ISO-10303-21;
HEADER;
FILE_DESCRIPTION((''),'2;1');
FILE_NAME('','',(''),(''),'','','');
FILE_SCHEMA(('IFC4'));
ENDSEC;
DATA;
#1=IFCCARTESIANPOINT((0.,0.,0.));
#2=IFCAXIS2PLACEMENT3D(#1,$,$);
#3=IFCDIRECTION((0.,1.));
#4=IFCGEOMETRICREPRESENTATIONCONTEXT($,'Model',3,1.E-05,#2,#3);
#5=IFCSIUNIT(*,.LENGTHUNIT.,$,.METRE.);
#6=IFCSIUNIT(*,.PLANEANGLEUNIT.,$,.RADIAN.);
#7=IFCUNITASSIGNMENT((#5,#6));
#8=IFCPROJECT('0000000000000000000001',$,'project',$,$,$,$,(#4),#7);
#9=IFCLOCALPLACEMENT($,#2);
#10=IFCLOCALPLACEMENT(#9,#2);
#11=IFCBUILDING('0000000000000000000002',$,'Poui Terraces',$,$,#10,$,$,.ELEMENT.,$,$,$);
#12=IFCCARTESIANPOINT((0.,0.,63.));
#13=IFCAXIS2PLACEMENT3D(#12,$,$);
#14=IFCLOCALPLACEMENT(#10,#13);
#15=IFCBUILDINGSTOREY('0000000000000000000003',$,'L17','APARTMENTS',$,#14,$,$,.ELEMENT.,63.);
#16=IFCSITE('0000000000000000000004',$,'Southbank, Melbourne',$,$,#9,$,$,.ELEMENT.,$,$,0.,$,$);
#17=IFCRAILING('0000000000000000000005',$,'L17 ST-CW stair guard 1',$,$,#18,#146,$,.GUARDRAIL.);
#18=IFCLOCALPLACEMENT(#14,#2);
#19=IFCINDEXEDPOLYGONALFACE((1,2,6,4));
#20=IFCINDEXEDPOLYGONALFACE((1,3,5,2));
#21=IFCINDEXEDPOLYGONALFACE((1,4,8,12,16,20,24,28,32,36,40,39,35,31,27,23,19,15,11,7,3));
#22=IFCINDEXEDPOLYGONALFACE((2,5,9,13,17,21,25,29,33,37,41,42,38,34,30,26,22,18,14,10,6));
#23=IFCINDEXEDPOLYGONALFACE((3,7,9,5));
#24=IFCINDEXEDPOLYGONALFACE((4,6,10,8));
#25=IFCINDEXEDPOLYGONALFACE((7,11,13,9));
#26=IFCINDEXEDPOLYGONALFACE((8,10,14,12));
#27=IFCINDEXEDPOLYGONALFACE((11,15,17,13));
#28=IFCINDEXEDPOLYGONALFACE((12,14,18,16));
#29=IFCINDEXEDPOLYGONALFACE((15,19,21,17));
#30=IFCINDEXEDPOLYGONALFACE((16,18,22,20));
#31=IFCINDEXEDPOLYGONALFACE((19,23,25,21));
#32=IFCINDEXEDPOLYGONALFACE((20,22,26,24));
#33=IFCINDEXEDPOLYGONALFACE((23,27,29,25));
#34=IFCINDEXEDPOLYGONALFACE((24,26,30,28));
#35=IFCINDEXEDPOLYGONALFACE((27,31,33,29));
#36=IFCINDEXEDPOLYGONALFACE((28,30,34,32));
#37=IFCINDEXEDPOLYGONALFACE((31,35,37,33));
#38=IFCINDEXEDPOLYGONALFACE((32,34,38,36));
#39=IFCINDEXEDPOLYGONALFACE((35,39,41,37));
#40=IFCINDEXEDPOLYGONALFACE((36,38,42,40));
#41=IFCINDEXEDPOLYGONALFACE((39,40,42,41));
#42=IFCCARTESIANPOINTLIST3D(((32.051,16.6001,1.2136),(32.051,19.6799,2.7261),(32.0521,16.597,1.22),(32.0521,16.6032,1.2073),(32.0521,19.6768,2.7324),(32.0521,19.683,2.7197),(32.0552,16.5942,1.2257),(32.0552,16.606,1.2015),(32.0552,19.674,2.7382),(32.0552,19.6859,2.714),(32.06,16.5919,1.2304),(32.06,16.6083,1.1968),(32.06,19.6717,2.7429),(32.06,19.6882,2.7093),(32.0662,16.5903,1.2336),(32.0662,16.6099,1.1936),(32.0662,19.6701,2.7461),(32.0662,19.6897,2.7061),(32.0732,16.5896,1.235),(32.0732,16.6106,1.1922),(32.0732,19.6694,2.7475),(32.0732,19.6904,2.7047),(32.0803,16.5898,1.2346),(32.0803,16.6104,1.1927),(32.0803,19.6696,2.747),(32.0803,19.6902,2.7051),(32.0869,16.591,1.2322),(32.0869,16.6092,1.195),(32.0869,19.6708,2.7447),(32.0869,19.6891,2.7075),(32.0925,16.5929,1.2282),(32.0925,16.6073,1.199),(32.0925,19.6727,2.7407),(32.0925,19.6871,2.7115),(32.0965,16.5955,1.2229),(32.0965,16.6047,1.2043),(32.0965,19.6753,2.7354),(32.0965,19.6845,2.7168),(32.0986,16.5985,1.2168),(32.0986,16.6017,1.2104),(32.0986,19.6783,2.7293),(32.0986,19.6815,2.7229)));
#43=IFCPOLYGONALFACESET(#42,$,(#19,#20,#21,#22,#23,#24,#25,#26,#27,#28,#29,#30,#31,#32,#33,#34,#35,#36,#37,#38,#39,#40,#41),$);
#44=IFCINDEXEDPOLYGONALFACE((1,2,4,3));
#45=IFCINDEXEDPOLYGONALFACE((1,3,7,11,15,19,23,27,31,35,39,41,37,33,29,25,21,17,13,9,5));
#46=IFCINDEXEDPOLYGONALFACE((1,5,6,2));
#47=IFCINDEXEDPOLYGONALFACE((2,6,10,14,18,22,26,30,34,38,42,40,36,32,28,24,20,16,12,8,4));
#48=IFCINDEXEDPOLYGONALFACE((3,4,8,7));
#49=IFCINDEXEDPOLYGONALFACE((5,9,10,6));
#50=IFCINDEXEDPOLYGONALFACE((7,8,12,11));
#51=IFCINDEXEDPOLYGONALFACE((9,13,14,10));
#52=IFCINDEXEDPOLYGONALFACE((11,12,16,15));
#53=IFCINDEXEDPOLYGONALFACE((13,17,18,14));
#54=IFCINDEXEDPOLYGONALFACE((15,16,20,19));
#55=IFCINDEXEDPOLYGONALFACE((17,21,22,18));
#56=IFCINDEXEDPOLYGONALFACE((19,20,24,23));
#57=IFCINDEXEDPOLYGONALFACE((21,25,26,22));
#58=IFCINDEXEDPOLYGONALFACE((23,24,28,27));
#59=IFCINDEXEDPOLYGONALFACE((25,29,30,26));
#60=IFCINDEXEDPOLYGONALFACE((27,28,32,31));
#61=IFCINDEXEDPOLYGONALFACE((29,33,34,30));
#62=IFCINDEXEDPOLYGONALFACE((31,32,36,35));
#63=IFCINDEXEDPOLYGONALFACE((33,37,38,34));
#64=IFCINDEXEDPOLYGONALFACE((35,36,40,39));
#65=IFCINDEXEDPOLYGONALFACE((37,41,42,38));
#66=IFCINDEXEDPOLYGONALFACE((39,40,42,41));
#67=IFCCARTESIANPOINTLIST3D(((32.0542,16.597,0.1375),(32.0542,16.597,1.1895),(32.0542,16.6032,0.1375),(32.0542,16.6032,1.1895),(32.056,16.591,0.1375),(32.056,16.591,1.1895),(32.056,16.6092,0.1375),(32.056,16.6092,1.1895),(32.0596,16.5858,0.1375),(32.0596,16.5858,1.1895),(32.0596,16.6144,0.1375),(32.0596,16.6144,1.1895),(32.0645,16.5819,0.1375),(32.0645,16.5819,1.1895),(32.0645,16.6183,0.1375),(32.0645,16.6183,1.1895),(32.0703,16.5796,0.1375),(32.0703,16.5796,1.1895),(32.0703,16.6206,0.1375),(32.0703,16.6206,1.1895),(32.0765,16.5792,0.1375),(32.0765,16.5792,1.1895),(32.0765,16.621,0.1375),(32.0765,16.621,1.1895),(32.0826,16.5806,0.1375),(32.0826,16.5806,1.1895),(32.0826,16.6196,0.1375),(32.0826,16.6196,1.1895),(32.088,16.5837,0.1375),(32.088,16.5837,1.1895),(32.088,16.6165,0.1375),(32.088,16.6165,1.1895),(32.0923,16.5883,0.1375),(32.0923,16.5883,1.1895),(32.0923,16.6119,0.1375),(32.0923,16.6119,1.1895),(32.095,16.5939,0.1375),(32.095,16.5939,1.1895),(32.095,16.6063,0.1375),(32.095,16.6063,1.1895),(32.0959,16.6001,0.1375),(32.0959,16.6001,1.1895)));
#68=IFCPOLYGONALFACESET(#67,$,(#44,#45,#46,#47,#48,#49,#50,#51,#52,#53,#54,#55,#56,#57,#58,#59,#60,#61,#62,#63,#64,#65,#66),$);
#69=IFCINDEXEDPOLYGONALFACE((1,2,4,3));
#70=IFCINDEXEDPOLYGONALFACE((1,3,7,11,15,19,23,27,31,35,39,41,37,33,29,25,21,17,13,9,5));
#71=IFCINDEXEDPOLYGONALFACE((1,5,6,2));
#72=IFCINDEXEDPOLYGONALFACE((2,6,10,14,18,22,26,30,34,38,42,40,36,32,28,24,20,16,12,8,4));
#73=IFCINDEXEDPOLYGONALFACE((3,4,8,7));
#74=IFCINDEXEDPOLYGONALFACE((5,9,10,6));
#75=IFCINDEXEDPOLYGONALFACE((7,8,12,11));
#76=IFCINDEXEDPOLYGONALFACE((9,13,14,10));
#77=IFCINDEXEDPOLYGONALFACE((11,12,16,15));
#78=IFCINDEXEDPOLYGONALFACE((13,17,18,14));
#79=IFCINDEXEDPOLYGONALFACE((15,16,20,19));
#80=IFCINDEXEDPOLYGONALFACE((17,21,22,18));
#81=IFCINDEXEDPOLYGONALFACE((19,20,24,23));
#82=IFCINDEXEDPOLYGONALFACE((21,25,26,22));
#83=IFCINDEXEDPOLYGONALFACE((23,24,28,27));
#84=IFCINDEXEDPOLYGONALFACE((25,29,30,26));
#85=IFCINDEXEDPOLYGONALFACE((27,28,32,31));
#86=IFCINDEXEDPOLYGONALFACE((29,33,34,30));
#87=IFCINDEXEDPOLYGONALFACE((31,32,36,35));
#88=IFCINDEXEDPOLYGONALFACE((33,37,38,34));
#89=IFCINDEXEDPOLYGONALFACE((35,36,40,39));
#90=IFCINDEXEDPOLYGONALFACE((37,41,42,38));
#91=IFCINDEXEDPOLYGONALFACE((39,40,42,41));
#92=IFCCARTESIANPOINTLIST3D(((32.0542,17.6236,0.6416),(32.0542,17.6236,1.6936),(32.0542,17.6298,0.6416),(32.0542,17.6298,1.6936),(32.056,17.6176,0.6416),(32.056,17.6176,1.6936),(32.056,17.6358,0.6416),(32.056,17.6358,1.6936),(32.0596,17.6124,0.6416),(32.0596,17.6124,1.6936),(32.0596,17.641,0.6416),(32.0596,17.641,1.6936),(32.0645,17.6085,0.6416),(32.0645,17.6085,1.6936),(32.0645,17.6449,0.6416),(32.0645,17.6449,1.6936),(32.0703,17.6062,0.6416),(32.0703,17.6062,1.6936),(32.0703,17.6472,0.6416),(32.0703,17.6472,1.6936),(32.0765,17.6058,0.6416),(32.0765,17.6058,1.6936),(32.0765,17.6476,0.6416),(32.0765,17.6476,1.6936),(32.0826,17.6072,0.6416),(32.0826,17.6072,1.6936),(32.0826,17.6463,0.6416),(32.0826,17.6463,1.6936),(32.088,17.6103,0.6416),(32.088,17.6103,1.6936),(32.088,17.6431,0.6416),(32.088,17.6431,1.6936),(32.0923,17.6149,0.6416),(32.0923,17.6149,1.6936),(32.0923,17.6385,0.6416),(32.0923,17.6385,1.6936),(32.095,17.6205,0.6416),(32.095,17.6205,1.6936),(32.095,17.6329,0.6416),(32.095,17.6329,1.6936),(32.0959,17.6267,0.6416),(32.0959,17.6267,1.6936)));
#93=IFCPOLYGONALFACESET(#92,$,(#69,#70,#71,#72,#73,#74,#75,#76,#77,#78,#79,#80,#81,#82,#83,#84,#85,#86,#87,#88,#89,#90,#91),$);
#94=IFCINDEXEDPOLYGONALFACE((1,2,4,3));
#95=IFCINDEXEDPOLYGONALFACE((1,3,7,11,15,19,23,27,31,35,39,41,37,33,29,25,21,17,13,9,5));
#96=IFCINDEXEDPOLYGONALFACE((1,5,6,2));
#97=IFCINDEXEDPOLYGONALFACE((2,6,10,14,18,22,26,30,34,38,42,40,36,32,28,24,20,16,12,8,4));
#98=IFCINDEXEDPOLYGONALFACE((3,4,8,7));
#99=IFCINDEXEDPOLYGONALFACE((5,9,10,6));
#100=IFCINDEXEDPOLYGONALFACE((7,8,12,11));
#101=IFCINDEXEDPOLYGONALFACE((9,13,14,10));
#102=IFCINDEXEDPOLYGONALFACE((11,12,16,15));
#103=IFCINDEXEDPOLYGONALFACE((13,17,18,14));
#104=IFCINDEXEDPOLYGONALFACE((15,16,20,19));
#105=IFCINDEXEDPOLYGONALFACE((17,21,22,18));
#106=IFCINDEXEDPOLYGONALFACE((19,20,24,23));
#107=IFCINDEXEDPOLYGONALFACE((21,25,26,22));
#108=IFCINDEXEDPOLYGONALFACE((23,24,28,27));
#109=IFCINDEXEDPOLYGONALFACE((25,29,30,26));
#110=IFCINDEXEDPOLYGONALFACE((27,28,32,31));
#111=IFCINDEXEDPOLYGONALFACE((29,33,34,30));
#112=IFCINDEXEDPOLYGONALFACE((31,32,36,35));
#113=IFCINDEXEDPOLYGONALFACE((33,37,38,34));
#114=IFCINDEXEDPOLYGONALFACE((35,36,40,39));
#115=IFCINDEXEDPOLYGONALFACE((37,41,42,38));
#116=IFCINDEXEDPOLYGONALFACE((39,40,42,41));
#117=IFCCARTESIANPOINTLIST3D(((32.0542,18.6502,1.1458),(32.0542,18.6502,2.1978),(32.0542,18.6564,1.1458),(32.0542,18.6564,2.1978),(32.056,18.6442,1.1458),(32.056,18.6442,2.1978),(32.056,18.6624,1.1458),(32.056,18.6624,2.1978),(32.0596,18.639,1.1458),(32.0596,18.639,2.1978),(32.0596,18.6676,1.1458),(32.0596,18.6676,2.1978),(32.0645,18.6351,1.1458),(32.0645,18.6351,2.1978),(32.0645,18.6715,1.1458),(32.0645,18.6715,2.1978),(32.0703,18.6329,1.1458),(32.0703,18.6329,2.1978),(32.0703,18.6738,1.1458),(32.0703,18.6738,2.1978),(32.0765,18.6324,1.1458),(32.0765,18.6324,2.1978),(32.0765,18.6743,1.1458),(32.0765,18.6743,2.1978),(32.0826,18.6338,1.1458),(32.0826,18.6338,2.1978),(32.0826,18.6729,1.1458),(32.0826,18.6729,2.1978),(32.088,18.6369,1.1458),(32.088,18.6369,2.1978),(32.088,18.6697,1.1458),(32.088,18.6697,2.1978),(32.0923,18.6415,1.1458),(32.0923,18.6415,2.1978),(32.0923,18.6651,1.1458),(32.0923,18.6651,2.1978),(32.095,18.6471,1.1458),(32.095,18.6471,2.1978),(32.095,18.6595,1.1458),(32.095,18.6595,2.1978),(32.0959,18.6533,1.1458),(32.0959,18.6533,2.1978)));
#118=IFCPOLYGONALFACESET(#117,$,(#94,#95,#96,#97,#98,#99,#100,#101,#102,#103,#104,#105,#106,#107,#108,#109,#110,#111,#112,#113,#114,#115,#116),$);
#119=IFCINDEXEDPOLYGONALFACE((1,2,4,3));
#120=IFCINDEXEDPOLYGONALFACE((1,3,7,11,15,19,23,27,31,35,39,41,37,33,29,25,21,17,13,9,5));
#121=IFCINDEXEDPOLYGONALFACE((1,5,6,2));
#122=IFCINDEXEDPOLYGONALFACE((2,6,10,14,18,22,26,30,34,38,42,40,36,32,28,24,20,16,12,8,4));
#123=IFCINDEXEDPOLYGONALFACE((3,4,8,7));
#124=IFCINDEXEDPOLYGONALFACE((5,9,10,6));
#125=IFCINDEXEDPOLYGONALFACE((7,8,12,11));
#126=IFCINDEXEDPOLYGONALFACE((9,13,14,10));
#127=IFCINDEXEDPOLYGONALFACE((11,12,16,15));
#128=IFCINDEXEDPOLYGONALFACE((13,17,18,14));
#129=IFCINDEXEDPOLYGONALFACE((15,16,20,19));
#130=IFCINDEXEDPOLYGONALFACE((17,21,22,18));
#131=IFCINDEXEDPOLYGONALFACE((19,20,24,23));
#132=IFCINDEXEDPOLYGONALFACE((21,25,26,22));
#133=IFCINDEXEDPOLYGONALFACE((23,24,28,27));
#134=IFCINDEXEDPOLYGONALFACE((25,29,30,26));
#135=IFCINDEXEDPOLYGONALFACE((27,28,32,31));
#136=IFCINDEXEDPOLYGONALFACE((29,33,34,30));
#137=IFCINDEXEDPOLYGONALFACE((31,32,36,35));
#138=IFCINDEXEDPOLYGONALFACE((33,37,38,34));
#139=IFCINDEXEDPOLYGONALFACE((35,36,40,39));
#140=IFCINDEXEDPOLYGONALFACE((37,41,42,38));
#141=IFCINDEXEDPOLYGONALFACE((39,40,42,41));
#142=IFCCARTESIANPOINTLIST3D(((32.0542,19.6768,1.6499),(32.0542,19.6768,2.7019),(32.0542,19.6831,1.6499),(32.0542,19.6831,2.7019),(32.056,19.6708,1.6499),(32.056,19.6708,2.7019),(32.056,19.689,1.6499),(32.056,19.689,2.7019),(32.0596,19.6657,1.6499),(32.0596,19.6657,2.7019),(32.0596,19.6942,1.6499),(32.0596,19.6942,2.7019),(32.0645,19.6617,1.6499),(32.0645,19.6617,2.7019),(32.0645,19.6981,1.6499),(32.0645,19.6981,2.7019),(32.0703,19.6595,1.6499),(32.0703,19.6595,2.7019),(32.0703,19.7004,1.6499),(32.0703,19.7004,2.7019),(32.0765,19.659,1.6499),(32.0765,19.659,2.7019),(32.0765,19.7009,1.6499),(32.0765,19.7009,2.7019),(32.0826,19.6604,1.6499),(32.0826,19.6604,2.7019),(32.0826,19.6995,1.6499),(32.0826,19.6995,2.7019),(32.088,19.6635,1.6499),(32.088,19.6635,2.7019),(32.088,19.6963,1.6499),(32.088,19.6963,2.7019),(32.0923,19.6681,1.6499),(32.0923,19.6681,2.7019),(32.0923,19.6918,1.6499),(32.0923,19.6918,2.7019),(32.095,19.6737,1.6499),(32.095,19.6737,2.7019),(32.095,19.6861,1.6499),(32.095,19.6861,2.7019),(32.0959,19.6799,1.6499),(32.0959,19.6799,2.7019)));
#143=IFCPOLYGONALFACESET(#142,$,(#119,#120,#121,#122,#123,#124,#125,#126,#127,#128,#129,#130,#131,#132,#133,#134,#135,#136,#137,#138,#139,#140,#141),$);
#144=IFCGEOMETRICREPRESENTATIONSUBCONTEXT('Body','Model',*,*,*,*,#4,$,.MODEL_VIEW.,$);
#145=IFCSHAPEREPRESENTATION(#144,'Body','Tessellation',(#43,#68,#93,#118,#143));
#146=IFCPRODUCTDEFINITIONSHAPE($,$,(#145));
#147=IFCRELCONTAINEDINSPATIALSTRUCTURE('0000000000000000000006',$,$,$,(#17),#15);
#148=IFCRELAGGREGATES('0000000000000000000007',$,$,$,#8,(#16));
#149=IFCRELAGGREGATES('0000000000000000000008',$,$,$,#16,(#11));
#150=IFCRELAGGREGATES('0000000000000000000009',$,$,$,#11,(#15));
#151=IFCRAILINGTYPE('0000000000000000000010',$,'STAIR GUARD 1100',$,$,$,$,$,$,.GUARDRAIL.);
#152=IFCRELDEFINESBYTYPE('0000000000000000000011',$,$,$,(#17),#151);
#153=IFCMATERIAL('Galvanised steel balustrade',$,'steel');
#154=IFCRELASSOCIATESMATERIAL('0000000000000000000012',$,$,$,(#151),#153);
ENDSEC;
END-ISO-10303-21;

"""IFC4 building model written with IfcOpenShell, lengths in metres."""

from ifc_helpers import new_model, si_unit, direction, frame, origin, origin_2d, place, context, subcontext, project, spatial, circle, extrude, material, type_object, element, save


model = new_model("IFC4")

# Units and contexts
model_context = context("Model", 3, precision=1e-05, world=origin(), true_north=direction((0.0, 1.0)))
body_context = subcontext(model_context, "Body", "Model", "MODEL_VIEW")
ifc_project = project(units=[si_unit("LENGTHUNIT", "METRE"), si_unit("PLANEANGLEUNIT", "RADIAN")], contexts=[model_context])

# Site, building, storey
site_placement = place(None, origin())
site = spatial("IfcSite", under=ifc_project, at=site_placement, Name="Southbank, Melbourne", CompositionType="ELEMENT", RefElevation=0.0)
building_placement = place(site_placement, origin())
building = spatial("IfcBuilding", under=site, at=building_placement, Name="Poui Terraces", CompositionType="ELEMENT")
storey_placement = place(building_placement, frame((0.0, 0.0, 63.0)))
storey = spatial("IfcBuildingStorey", under=building, at=storey_placement, Name="L17", Description="APARTMENTS", CompositionType="ELEMENT", Elevation=63.0)

# Railing
ifc_material_1 = material(Name="Galvanised steel balustrade", Category="steel")
railing_type_1 = type_object("IfcRailingType", Name="STAIR GUARD 1100", PredefinedType="GUARDRAIL", material=ifc_material_1)
railing_1_placement = place(storey_placement, frame((32.075, 16.6001, 0.1375)))
element("IfcRailing", 1, at=railing_1_placement, inside=storey, type_object=railing_type_1, Name="L17 ST-CW stair guard 1", PredefinedType="GUARDRAIL", context=body_context, shape_type="SweptSolid", body=[
    extrude(circle(Radius=0.0239, at=origin_2d()), frame((0.0, 0.0, 1.0762), z_axis=(0.0, 0.897606, 0.440798), x_axis=(-1.0, 0.0, 0.0)), (0.0, 0.0, 1.0), 3.4312),
    extrude(circle(Radius=0.021, at=origin_2d()), origin(), (0.0, 0.0, 1.0), 1.052),
    extrude(circle(Radius=0.021, at=origin_2d()), frame((0.0, 1.0266, 0.5042)), (0.0, 0.0, 1.0), 1.052),
    extrude(circle(Radius=0.021, at=origin_2d()), frame((0.0, 2.0532, 1.0083)), (0.0, 0.0, 1.0), 1.052),
    extrude(circle(Radius=0.021, at=origin_2d()), frame((0.0, 3.0798, 1.5125)), (0.0, 0.0, 1.0), 1.052),
])

save(model, "model.ifc")
